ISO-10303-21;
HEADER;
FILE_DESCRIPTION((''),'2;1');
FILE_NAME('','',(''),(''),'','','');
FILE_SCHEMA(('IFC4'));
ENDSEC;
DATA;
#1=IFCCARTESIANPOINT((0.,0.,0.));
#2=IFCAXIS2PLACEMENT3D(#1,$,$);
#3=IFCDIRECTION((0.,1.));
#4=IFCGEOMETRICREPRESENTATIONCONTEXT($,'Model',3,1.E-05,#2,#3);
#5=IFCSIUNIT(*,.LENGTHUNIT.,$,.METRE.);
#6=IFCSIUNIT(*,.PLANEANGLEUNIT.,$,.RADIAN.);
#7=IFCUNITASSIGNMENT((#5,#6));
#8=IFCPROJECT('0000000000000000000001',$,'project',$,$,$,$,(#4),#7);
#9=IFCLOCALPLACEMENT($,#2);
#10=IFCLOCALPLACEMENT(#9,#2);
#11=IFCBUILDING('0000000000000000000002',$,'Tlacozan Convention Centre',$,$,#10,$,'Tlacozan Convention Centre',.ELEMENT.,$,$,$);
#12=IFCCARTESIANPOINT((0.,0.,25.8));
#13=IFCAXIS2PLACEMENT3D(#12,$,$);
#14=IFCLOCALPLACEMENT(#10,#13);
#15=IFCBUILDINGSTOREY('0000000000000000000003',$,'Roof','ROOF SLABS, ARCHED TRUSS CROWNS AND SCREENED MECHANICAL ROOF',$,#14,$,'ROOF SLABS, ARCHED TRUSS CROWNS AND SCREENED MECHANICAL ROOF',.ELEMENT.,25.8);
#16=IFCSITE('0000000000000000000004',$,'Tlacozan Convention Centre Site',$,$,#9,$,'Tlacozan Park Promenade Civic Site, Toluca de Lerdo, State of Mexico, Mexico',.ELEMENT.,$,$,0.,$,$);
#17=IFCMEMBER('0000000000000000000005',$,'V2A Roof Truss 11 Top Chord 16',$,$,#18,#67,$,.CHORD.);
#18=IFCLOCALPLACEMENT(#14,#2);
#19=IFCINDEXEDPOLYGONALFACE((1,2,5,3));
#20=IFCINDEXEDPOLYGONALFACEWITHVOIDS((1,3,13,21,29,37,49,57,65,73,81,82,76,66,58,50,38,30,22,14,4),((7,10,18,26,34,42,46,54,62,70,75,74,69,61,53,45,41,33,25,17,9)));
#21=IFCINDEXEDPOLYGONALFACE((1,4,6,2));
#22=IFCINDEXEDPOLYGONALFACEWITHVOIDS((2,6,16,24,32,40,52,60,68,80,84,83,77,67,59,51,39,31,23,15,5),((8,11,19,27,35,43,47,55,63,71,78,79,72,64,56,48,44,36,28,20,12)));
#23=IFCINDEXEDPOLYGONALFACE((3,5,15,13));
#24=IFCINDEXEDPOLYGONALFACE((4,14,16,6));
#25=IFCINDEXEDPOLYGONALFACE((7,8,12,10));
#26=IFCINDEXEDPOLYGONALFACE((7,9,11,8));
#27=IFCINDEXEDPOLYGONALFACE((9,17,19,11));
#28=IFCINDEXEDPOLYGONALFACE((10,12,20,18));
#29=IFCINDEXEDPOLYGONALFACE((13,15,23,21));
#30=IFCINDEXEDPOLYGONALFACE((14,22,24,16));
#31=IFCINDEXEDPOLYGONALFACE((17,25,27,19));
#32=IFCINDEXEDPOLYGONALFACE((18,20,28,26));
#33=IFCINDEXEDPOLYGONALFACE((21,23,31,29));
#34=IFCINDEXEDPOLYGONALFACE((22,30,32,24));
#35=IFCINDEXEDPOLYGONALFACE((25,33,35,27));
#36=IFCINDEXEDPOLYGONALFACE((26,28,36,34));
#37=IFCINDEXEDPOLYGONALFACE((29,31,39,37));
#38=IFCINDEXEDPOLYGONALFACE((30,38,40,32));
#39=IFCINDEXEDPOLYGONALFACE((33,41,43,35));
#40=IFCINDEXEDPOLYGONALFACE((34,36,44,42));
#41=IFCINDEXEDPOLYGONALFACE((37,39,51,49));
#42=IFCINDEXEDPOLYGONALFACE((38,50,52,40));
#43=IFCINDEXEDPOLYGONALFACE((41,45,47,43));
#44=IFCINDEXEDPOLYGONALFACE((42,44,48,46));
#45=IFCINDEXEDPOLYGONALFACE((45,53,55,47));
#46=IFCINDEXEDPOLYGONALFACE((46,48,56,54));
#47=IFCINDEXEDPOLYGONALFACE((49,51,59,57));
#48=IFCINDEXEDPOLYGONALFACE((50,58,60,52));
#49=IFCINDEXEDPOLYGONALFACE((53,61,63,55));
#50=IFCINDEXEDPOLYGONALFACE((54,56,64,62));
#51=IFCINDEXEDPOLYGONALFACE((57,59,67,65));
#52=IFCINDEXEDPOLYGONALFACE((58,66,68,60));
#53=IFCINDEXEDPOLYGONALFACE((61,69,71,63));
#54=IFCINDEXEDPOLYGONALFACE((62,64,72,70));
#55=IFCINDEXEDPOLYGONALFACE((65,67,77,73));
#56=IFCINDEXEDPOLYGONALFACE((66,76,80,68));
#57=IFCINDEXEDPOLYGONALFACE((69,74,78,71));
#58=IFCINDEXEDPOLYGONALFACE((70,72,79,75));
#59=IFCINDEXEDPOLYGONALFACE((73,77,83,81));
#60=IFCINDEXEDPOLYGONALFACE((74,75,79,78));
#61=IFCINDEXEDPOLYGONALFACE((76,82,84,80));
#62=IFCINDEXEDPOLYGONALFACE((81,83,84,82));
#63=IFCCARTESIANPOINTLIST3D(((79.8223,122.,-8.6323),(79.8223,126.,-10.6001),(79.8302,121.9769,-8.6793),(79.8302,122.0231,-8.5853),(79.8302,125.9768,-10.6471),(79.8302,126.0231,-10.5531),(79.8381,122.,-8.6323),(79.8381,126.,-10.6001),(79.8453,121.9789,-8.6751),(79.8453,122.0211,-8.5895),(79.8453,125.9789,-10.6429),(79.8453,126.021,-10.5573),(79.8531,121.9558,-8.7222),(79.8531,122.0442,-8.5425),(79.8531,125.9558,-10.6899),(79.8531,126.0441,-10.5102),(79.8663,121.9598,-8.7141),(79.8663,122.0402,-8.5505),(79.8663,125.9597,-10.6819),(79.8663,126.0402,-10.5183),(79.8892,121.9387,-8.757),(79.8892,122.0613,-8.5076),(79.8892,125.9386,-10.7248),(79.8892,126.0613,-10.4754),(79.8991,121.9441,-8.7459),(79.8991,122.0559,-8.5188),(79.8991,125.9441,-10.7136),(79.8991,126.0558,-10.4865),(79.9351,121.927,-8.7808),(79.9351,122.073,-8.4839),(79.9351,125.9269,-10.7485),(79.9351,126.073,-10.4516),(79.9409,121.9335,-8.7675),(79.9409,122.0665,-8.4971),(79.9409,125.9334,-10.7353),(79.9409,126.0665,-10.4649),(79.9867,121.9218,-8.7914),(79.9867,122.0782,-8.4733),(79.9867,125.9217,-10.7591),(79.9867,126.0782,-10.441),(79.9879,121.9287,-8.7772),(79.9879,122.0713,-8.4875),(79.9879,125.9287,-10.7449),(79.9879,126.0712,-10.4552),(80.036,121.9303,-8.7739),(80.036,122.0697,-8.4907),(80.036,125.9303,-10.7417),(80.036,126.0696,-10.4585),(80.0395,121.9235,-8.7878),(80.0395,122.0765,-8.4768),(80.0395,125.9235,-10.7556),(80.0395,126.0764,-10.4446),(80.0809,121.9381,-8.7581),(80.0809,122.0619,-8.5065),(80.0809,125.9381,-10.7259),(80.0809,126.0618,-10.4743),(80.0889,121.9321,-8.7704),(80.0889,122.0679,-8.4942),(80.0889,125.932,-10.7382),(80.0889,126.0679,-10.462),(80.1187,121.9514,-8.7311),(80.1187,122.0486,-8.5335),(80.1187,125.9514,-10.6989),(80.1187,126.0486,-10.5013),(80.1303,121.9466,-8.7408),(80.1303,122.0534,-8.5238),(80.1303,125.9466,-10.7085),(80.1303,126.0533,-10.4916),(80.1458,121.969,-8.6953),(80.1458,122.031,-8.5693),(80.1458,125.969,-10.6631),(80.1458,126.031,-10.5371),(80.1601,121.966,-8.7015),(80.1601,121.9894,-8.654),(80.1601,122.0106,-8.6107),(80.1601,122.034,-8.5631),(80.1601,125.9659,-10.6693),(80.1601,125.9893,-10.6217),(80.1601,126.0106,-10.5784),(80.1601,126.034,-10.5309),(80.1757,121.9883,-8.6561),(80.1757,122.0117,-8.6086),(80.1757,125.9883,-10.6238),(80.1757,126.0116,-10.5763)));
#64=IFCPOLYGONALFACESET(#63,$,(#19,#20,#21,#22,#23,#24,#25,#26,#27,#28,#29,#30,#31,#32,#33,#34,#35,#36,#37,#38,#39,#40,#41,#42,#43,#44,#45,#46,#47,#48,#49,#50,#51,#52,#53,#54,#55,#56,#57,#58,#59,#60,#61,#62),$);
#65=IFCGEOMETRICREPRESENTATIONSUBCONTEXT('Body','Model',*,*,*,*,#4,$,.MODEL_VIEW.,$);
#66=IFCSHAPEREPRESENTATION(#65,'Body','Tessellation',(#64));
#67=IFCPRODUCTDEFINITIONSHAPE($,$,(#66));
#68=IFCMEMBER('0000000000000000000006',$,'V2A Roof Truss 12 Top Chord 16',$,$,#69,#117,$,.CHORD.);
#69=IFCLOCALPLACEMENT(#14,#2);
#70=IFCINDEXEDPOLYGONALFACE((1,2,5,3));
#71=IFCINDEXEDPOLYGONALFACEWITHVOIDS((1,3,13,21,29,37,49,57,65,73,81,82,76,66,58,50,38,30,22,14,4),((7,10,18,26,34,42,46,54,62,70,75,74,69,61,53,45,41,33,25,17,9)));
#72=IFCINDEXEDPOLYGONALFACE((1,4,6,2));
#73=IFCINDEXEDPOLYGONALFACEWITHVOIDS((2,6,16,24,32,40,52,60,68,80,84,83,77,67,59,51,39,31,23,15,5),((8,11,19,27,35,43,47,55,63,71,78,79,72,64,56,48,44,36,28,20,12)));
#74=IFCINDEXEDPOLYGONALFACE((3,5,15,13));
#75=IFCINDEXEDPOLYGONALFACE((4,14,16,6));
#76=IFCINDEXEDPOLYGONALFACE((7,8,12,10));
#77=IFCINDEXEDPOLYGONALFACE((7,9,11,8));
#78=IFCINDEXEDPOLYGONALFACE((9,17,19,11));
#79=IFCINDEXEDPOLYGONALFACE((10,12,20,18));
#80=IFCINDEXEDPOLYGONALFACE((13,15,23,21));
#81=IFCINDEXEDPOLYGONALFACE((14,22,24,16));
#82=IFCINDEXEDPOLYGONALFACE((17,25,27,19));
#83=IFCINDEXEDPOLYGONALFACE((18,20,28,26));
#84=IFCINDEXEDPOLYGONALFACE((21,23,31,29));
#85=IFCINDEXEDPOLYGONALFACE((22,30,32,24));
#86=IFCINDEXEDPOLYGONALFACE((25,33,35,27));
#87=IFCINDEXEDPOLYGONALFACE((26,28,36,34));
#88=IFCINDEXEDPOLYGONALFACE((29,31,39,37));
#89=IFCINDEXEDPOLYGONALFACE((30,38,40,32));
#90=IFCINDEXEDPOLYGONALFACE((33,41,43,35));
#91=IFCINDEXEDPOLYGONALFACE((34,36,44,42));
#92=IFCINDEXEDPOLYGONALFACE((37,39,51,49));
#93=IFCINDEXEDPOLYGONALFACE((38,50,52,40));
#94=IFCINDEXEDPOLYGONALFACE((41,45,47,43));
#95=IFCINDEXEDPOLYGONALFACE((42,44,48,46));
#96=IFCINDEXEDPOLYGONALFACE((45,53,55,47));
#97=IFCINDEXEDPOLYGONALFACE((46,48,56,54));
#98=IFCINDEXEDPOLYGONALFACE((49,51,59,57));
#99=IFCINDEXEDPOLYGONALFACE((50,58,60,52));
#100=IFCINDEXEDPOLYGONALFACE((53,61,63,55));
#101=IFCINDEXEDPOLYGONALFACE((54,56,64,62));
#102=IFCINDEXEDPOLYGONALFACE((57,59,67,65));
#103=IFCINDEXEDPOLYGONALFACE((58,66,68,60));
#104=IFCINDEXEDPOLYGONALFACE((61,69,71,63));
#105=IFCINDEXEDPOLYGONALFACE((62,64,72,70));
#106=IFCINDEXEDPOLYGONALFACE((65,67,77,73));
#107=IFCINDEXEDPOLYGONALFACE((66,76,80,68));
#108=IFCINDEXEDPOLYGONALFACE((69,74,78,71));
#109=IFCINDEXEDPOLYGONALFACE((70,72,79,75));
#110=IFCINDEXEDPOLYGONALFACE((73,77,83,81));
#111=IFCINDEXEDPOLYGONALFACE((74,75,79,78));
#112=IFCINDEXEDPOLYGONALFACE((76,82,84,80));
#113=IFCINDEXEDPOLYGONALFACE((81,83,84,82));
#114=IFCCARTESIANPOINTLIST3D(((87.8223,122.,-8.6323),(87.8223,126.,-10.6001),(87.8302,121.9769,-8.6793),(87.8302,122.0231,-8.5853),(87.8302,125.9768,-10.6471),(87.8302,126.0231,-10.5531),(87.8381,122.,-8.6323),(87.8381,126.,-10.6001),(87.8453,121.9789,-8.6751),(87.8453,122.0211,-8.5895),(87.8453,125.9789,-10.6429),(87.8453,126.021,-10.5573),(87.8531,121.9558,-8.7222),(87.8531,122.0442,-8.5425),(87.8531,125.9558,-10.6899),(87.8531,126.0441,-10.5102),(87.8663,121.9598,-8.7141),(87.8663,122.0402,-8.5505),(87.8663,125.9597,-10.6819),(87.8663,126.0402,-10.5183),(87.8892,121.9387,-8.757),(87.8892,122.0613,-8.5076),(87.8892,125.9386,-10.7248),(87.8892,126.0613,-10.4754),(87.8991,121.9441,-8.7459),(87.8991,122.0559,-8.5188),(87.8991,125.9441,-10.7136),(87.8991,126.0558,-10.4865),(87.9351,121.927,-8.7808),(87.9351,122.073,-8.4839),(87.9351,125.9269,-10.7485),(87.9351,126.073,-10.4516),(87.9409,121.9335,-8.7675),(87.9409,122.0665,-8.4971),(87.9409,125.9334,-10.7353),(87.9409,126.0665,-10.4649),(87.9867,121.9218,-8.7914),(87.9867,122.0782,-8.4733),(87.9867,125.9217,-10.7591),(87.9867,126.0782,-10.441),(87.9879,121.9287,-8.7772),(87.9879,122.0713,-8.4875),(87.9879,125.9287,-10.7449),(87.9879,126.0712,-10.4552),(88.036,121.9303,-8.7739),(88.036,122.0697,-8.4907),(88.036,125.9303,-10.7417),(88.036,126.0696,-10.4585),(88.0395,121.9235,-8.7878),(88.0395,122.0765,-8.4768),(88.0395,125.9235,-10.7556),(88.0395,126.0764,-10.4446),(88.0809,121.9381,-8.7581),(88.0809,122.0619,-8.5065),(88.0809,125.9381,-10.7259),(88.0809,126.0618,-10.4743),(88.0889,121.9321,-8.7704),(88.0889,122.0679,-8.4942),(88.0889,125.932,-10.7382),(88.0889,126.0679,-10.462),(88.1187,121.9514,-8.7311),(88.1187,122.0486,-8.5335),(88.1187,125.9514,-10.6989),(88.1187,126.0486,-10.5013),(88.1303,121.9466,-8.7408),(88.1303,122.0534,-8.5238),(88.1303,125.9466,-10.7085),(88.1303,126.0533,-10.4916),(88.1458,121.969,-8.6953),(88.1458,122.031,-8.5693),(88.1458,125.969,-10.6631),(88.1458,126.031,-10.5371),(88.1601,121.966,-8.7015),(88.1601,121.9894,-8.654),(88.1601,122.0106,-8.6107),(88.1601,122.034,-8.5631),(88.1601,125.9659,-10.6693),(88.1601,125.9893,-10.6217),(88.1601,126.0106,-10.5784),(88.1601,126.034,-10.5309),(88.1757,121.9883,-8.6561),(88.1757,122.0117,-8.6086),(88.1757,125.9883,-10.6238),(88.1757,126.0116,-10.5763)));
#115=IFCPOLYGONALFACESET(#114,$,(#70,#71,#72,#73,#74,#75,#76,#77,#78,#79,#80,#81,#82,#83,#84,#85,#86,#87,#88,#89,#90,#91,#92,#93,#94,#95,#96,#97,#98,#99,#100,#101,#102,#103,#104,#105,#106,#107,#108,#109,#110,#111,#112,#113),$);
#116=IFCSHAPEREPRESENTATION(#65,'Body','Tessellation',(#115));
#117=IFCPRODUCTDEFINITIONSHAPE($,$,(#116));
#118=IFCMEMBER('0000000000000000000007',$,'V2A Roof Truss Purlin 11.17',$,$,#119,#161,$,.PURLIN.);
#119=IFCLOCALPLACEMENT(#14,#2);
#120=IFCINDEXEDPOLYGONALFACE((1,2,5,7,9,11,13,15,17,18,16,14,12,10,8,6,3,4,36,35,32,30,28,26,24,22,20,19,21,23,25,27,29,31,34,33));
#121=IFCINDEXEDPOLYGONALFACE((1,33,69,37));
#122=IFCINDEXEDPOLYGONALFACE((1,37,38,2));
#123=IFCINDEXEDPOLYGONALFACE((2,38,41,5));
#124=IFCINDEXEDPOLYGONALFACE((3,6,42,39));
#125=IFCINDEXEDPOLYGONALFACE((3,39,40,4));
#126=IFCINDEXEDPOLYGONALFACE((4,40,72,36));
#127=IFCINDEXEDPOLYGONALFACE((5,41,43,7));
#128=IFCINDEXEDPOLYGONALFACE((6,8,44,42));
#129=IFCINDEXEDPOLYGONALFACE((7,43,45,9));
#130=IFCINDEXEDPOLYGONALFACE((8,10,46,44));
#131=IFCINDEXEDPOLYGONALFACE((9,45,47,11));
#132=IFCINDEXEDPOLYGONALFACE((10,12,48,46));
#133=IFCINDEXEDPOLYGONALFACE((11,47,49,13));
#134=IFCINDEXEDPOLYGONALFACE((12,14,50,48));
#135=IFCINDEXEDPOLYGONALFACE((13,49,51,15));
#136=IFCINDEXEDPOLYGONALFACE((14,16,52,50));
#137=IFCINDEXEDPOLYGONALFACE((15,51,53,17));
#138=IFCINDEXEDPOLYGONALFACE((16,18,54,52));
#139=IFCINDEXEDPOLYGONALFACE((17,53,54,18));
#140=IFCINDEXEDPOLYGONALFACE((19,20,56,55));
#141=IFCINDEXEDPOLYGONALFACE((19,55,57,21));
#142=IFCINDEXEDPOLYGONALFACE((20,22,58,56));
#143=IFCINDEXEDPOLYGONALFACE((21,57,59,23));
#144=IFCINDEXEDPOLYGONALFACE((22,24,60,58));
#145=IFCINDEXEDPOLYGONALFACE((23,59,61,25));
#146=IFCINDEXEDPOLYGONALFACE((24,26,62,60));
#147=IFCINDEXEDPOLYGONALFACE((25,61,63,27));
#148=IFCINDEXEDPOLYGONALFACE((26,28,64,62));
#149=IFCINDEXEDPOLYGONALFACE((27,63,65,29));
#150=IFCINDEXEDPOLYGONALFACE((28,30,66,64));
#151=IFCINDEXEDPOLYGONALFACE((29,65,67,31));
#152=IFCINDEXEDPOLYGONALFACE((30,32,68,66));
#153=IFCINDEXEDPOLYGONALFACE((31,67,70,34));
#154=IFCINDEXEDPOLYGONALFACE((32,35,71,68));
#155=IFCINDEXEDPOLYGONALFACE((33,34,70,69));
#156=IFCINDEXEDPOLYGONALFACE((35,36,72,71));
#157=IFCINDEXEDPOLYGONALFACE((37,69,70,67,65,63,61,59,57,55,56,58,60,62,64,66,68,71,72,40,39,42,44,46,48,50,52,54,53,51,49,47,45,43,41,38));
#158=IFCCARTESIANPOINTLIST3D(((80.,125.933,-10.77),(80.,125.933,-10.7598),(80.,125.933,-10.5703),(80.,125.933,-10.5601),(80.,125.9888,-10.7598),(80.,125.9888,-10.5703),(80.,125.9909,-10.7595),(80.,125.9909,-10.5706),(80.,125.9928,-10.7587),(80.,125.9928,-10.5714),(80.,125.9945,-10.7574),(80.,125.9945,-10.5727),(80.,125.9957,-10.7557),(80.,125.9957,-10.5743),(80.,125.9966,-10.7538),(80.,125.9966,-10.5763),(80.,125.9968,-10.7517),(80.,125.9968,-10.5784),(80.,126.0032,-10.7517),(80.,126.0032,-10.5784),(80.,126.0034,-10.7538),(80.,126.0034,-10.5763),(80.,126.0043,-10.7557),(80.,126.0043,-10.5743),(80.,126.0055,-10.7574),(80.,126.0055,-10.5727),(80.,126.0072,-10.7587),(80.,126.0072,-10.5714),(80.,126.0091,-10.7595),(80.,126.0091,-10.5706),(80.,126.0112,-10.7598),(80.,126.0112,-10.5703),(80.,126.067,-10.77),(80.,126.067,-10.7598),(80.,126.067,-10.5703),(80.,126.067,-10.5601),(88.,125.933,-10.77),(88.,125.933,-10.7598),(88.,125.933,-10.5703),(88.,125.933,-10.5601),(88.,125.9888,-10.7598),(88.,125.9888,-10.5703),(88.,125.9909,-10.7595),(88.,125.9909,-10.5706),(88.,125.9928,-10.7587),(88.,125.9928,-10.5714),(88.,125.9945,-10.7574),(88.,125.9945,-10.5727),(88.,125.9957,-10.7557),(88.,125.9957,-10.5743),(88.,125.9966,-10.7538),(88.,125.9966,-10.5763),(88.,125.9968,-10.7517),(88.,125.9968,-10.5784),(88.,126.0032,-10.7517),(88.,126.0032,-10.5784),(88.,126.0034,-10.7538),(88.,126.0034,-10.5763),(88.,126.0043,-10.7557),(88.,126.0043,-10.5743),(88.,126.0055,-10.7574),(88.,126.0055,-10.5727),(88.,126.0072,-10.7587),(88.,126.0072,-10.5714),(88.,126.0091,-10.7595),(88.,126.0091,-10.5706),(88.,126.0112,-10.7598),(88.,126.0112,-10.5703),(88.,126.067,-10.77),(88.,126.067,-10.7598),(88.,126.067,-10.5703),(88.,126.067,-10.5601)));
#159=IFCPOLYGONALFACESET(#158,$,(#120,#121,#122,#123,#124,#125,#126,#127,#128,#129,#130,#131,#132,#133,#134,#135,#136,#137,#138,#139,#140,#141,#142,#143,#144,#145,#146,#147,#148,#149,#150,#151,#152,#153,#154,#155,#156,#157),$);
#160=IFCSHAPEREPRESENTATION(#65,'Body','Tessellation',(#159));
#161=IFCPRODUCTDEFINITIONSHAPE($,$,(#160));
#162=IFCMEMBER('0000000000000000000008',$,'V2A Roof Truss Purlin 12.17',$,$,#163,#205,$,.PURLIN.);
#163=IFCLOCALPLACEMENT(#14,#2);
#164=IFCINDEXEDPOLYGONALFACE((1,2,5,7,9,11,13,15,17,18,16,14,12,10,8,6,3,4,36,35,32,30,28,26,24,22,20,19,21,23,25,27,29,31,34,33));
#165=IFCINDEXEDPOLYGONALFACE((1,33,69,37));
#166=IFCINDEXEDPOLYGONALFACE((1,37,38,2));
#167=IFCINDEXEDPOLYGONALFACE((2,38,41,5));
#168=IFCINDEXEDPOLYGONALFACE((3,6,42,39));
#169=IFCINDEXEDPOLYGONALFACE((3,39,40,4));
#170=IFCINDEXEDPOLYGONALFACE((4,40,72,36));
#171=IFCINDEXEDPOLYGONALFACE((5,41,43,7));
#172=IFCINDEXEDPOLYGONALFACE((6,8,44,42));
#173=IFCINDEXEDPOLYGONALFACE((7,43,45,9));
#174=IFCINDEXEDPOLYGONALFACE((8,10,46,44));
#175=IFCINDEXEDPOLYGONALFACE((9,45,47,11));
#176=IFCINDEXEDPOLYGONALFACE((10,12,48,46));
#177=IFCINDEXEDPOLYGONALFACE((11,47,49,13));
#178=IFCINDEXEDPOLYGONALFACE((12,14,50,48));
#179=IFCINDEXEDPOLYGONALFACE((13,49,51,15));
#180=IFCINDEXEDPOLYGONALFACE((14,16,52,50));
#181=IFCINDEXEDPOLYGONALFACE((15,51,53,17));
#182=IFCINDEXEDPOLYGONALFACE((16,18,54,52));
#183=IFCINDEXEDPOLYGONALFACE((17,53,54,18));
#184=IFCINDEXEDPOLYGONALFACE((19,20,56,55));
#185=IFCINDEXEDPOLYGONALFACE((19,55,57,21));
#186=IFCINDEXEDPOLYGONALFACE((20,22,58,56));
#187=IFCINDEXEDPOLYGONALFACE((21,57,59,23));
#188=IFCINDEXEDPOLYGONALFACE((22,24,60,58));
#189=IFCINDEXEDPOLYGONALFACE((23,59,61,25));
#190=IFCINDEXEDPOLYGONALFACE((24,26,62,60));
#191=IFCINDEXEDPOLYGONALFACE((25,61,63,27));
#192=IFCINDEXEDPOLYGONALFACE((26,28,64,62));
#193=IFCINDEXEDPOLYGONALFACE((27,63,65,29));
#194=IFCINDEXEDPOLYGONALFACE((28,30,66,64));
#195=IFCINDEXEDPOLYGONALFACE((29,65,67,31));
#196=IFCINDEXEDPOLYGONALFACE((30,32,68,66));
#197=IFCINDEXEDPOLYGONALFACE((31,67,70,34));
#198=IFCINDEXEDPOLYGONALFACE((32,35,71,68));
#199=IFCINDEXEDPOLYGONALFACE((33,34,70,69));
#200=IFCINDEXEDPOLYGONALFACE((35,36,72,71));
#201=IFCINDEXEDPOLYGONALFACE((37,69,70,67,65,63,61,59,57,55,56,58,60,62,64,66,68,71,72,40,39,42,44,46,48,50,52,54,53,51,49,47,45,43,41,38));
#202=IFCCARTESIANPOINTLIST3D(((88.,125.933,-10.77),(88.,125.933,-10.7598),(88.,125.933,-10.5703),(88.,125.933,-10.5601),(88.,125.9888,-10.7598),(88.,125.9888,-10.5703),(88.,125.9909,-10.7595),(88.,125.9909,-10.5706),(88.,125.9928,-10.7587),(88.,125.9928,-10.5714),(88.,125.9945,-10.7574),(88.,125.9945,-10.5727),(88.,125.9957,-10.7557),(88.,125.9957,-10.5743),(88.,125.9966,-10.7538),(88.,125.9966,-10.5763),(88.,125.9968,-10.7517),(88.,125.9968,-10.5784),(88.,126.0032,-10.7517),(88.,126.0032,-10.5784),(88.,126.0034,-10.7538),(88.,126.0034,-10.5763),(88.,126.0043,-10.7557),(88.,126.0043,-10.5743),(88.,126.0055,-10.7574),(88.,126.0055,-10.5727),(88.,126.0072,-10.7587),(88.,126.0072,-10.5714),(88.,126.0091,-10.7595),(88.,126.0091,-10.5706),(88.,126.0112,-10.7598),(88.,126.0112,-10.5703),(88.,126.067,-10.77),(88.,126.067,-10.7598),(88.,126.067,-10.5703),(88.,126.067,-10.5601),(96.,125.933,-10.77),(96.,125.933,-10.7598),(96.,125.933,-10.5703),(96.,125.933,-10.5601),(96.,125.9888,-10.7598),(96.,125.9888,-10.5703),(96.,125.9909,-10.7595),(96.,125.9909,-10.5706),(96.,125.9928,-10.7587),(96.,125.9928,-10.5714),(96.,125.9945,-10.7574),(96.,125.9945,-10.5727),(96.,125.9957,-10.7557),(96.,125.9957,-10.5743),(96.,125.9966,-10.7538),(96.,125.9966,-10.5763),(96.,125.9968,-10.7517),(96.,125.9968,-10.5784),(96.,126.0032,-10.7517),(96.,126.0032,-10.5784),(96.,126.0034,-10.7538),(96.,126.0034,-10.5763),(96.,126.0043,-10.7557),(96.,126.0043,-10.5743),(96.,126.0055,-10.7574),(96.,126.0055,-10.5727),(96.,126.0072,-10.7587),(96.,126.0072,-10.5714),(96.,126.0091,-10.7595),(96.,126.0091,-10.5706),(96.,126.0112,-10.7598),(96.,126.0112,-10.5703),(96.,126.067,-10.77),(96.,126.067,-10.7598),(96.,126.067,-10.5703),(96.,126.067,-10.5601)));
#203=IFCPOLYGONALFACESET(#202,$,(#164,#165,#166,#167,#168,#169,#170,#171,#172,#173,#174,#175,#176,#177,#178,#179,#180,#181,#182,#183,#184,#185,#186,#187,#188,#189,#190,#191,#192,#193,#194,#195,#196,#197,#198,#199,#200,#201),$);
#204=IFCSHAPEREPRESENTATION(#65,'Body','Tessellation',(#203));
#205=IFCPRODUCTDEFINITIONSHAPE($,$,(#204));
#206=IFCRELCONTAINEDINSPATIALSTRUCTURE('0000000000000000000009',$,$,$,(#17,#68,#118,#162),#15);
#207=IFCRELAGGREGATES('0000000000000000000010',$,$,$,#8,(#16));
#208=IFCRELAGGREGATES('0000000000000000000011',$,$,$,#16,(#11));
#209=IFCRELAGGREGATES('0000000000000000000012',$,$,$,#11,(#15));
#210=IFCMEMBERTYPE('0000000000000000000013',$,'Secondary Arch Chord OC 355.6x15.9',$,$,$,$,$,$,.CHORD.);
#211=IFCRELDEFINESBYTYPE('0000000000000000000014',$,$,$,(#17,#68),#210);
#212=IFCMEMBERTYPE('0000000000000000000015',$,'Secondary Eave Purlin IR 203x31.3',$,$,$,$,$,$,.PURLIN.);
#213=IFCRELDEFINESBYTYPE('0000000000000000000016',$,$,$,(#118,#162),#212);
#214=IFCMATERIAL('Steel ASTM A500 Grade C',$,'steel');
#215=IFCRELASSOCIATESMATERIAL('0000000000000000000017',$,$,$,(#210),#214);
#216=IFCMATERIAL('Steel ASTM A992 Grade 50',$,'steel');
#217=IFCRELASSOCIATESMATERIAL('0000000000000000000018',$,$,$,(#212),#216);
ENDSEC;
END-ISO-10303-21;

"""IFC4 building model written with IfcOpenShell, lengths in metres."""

from ifc_helpers import new_model, si_unit, direction, frame, origin, origin_2d, place, context, subcontext, project, spatial, hollow_circle, i_section, extrude, material, material_profile, profile_set, type_object, element, save


model = new_model("IFC4")

# Units and contexts
model_context = context("Model", 3, precision=1e-05, world=origin(), true_north=direction((0.0, 1.0)))
body_context = subcontext(model_context, "Body", "Model", "MODEL_VIEW")
ifc_project = project(units=[si_unit("LENGTHUNIT", "METRE"), si_unit("PLANEANGLEUNIT", "RADIAN")], contexts=[model_context])

# Site, building, storey
site_placement = place(None, origin())
site = spatial("IfcSite", under=ifc_project, at=site_placement, Name="Tlacozan Convention Centre Site", LongName="Tlacozan Park Promenade Civic Site, Toluca de Lerdo, State of Mexico, Mexico", CompositionType="ELEMENT", RefElevation=0.0)
building_placement = place(site_placement, origin())
building = spatial("IfcBuilding", under=site, at=building_placement, Name="Tlacozan Convention Centre", LongName="Tlacozan Convention Centre", CompositionType="ELEMENT")
storey_placement = place(building_placement, frame((0.0, 0.0, 25.8)))
storey = spatial("IfcBuildingStorey", under=building, at=storey_placement, Name="Roof", Description="ROOF SLABS, ARCHED TRUSS CROWNS AND SCREENED MECHANICAL ROOF", LongName="ROOF SLABS, ARCHED TRUSS CROWNS AND SCREENED MECHANICAL ROOF", CompositionType="ELEMENT", Elevation=25.8)

# Members
ifc_material_1 = material(Name="Steel ASTM A500 Grade C", Category="steel")
ifc_material_2 = material(Name="Steel ASTM A992 Grade 50", Category="steel")
ifc_material_profile_1 = material_profile(ifc_material_1, hollow_circle(Radius=0.1777, WallThickness=0.0159, at=origin_2d()), Name="OC 355.6x15.9")
ifc_profile_set_1 = profile_set([ifc_material_profile_1], Name="Steel ASTM A500 Grade C")
member_type_1 = type_object("IfcMemberType", Name="Secondary Arch Chord OC 355.6x15.9", PredefinedType="CHORD", material=ifc_profile_set_1)
for number, where, z_axis, x_axis, name in (
    (1, (80.0, 122.0, -8.6323), (0.0, 0.8973, -0.441421), (-1.0, 0.0, 0.0), "V2A Roof Truss 11 Top Chord 16"),
    (2, (88.0, 122.0, -8.6323), (0.0, 0.8973, -0.441421), (-1.0, 0.0, 0.0), "V2A Roof Truss 12 Top Chord 16"),
):
    element("IfcMember", number, at=place(storey_placement, frame(where, z_axis=z_axis, x_axis=x_axis)), inside=storey, type_object=member_type_1, Name=name, PredefinedType="CHORD", context=body_context, shape_type="SweptSolid", body=[
        extrude(hollow_circle(Radius=0.1777, WallThickness=0.0159, at=origin_2d()), origin(), (0.0, 0.0, 1.0), 4.4578),
    ])
ifc_material_profile_2 = material_profile(ifc_material_2, i_section(OverallWidth=0.134, OverallDepth=0.21, WebThickness=0.0063, FlangeThickness=0.0103, FilletRadius=0.0081, at=origin_2d()), Name="IR 203x31.3")
ifc_profile_set_2 = profile_set([ifc_material_profile_2], Name="Steel ASTM A992 Grade 50")
member_type_2 = type_object("IfcMemberType", Name="Secondary Eave Purlin IR 203x31.3", PredefinedType="PURLIN", material=ifc_profile_set_2)
for number, where, z_axis, x_axis, name in (
    (3, (80.0, 126.0, -10.665), (1.0, 0.0, 0.0), (0.0, 1.0, 0.0), "V2A Roof Truss Purlin 11.17"),
    (4, (88.0, 126.0, -10.665), (1.0, 0.0, 0.0), (0.0, 1.0, 0.0), "V2A Roof Truss Purlin 12.17"),
):
    element("IfcMember", number, at=place(storey_placement, frame(where, z_axis=z_axis, x_axis=x_axis)), inside=storey, type_object=member_type_2, Name=name, PredefinedType="PURLIN", context=body_context, shape_type="SweptSolid", body=[
        extrude(i_section(OverallWidth=0.134, OverallDepth=0.21, WebThickness=0.0063, FlangeThickness=0.0103, FilletRadius=0.0081, at=origin_2d()), origin(), (0.0, 0.0, 1.0), 8.0),
    ])

save(model, "model.ifc")
